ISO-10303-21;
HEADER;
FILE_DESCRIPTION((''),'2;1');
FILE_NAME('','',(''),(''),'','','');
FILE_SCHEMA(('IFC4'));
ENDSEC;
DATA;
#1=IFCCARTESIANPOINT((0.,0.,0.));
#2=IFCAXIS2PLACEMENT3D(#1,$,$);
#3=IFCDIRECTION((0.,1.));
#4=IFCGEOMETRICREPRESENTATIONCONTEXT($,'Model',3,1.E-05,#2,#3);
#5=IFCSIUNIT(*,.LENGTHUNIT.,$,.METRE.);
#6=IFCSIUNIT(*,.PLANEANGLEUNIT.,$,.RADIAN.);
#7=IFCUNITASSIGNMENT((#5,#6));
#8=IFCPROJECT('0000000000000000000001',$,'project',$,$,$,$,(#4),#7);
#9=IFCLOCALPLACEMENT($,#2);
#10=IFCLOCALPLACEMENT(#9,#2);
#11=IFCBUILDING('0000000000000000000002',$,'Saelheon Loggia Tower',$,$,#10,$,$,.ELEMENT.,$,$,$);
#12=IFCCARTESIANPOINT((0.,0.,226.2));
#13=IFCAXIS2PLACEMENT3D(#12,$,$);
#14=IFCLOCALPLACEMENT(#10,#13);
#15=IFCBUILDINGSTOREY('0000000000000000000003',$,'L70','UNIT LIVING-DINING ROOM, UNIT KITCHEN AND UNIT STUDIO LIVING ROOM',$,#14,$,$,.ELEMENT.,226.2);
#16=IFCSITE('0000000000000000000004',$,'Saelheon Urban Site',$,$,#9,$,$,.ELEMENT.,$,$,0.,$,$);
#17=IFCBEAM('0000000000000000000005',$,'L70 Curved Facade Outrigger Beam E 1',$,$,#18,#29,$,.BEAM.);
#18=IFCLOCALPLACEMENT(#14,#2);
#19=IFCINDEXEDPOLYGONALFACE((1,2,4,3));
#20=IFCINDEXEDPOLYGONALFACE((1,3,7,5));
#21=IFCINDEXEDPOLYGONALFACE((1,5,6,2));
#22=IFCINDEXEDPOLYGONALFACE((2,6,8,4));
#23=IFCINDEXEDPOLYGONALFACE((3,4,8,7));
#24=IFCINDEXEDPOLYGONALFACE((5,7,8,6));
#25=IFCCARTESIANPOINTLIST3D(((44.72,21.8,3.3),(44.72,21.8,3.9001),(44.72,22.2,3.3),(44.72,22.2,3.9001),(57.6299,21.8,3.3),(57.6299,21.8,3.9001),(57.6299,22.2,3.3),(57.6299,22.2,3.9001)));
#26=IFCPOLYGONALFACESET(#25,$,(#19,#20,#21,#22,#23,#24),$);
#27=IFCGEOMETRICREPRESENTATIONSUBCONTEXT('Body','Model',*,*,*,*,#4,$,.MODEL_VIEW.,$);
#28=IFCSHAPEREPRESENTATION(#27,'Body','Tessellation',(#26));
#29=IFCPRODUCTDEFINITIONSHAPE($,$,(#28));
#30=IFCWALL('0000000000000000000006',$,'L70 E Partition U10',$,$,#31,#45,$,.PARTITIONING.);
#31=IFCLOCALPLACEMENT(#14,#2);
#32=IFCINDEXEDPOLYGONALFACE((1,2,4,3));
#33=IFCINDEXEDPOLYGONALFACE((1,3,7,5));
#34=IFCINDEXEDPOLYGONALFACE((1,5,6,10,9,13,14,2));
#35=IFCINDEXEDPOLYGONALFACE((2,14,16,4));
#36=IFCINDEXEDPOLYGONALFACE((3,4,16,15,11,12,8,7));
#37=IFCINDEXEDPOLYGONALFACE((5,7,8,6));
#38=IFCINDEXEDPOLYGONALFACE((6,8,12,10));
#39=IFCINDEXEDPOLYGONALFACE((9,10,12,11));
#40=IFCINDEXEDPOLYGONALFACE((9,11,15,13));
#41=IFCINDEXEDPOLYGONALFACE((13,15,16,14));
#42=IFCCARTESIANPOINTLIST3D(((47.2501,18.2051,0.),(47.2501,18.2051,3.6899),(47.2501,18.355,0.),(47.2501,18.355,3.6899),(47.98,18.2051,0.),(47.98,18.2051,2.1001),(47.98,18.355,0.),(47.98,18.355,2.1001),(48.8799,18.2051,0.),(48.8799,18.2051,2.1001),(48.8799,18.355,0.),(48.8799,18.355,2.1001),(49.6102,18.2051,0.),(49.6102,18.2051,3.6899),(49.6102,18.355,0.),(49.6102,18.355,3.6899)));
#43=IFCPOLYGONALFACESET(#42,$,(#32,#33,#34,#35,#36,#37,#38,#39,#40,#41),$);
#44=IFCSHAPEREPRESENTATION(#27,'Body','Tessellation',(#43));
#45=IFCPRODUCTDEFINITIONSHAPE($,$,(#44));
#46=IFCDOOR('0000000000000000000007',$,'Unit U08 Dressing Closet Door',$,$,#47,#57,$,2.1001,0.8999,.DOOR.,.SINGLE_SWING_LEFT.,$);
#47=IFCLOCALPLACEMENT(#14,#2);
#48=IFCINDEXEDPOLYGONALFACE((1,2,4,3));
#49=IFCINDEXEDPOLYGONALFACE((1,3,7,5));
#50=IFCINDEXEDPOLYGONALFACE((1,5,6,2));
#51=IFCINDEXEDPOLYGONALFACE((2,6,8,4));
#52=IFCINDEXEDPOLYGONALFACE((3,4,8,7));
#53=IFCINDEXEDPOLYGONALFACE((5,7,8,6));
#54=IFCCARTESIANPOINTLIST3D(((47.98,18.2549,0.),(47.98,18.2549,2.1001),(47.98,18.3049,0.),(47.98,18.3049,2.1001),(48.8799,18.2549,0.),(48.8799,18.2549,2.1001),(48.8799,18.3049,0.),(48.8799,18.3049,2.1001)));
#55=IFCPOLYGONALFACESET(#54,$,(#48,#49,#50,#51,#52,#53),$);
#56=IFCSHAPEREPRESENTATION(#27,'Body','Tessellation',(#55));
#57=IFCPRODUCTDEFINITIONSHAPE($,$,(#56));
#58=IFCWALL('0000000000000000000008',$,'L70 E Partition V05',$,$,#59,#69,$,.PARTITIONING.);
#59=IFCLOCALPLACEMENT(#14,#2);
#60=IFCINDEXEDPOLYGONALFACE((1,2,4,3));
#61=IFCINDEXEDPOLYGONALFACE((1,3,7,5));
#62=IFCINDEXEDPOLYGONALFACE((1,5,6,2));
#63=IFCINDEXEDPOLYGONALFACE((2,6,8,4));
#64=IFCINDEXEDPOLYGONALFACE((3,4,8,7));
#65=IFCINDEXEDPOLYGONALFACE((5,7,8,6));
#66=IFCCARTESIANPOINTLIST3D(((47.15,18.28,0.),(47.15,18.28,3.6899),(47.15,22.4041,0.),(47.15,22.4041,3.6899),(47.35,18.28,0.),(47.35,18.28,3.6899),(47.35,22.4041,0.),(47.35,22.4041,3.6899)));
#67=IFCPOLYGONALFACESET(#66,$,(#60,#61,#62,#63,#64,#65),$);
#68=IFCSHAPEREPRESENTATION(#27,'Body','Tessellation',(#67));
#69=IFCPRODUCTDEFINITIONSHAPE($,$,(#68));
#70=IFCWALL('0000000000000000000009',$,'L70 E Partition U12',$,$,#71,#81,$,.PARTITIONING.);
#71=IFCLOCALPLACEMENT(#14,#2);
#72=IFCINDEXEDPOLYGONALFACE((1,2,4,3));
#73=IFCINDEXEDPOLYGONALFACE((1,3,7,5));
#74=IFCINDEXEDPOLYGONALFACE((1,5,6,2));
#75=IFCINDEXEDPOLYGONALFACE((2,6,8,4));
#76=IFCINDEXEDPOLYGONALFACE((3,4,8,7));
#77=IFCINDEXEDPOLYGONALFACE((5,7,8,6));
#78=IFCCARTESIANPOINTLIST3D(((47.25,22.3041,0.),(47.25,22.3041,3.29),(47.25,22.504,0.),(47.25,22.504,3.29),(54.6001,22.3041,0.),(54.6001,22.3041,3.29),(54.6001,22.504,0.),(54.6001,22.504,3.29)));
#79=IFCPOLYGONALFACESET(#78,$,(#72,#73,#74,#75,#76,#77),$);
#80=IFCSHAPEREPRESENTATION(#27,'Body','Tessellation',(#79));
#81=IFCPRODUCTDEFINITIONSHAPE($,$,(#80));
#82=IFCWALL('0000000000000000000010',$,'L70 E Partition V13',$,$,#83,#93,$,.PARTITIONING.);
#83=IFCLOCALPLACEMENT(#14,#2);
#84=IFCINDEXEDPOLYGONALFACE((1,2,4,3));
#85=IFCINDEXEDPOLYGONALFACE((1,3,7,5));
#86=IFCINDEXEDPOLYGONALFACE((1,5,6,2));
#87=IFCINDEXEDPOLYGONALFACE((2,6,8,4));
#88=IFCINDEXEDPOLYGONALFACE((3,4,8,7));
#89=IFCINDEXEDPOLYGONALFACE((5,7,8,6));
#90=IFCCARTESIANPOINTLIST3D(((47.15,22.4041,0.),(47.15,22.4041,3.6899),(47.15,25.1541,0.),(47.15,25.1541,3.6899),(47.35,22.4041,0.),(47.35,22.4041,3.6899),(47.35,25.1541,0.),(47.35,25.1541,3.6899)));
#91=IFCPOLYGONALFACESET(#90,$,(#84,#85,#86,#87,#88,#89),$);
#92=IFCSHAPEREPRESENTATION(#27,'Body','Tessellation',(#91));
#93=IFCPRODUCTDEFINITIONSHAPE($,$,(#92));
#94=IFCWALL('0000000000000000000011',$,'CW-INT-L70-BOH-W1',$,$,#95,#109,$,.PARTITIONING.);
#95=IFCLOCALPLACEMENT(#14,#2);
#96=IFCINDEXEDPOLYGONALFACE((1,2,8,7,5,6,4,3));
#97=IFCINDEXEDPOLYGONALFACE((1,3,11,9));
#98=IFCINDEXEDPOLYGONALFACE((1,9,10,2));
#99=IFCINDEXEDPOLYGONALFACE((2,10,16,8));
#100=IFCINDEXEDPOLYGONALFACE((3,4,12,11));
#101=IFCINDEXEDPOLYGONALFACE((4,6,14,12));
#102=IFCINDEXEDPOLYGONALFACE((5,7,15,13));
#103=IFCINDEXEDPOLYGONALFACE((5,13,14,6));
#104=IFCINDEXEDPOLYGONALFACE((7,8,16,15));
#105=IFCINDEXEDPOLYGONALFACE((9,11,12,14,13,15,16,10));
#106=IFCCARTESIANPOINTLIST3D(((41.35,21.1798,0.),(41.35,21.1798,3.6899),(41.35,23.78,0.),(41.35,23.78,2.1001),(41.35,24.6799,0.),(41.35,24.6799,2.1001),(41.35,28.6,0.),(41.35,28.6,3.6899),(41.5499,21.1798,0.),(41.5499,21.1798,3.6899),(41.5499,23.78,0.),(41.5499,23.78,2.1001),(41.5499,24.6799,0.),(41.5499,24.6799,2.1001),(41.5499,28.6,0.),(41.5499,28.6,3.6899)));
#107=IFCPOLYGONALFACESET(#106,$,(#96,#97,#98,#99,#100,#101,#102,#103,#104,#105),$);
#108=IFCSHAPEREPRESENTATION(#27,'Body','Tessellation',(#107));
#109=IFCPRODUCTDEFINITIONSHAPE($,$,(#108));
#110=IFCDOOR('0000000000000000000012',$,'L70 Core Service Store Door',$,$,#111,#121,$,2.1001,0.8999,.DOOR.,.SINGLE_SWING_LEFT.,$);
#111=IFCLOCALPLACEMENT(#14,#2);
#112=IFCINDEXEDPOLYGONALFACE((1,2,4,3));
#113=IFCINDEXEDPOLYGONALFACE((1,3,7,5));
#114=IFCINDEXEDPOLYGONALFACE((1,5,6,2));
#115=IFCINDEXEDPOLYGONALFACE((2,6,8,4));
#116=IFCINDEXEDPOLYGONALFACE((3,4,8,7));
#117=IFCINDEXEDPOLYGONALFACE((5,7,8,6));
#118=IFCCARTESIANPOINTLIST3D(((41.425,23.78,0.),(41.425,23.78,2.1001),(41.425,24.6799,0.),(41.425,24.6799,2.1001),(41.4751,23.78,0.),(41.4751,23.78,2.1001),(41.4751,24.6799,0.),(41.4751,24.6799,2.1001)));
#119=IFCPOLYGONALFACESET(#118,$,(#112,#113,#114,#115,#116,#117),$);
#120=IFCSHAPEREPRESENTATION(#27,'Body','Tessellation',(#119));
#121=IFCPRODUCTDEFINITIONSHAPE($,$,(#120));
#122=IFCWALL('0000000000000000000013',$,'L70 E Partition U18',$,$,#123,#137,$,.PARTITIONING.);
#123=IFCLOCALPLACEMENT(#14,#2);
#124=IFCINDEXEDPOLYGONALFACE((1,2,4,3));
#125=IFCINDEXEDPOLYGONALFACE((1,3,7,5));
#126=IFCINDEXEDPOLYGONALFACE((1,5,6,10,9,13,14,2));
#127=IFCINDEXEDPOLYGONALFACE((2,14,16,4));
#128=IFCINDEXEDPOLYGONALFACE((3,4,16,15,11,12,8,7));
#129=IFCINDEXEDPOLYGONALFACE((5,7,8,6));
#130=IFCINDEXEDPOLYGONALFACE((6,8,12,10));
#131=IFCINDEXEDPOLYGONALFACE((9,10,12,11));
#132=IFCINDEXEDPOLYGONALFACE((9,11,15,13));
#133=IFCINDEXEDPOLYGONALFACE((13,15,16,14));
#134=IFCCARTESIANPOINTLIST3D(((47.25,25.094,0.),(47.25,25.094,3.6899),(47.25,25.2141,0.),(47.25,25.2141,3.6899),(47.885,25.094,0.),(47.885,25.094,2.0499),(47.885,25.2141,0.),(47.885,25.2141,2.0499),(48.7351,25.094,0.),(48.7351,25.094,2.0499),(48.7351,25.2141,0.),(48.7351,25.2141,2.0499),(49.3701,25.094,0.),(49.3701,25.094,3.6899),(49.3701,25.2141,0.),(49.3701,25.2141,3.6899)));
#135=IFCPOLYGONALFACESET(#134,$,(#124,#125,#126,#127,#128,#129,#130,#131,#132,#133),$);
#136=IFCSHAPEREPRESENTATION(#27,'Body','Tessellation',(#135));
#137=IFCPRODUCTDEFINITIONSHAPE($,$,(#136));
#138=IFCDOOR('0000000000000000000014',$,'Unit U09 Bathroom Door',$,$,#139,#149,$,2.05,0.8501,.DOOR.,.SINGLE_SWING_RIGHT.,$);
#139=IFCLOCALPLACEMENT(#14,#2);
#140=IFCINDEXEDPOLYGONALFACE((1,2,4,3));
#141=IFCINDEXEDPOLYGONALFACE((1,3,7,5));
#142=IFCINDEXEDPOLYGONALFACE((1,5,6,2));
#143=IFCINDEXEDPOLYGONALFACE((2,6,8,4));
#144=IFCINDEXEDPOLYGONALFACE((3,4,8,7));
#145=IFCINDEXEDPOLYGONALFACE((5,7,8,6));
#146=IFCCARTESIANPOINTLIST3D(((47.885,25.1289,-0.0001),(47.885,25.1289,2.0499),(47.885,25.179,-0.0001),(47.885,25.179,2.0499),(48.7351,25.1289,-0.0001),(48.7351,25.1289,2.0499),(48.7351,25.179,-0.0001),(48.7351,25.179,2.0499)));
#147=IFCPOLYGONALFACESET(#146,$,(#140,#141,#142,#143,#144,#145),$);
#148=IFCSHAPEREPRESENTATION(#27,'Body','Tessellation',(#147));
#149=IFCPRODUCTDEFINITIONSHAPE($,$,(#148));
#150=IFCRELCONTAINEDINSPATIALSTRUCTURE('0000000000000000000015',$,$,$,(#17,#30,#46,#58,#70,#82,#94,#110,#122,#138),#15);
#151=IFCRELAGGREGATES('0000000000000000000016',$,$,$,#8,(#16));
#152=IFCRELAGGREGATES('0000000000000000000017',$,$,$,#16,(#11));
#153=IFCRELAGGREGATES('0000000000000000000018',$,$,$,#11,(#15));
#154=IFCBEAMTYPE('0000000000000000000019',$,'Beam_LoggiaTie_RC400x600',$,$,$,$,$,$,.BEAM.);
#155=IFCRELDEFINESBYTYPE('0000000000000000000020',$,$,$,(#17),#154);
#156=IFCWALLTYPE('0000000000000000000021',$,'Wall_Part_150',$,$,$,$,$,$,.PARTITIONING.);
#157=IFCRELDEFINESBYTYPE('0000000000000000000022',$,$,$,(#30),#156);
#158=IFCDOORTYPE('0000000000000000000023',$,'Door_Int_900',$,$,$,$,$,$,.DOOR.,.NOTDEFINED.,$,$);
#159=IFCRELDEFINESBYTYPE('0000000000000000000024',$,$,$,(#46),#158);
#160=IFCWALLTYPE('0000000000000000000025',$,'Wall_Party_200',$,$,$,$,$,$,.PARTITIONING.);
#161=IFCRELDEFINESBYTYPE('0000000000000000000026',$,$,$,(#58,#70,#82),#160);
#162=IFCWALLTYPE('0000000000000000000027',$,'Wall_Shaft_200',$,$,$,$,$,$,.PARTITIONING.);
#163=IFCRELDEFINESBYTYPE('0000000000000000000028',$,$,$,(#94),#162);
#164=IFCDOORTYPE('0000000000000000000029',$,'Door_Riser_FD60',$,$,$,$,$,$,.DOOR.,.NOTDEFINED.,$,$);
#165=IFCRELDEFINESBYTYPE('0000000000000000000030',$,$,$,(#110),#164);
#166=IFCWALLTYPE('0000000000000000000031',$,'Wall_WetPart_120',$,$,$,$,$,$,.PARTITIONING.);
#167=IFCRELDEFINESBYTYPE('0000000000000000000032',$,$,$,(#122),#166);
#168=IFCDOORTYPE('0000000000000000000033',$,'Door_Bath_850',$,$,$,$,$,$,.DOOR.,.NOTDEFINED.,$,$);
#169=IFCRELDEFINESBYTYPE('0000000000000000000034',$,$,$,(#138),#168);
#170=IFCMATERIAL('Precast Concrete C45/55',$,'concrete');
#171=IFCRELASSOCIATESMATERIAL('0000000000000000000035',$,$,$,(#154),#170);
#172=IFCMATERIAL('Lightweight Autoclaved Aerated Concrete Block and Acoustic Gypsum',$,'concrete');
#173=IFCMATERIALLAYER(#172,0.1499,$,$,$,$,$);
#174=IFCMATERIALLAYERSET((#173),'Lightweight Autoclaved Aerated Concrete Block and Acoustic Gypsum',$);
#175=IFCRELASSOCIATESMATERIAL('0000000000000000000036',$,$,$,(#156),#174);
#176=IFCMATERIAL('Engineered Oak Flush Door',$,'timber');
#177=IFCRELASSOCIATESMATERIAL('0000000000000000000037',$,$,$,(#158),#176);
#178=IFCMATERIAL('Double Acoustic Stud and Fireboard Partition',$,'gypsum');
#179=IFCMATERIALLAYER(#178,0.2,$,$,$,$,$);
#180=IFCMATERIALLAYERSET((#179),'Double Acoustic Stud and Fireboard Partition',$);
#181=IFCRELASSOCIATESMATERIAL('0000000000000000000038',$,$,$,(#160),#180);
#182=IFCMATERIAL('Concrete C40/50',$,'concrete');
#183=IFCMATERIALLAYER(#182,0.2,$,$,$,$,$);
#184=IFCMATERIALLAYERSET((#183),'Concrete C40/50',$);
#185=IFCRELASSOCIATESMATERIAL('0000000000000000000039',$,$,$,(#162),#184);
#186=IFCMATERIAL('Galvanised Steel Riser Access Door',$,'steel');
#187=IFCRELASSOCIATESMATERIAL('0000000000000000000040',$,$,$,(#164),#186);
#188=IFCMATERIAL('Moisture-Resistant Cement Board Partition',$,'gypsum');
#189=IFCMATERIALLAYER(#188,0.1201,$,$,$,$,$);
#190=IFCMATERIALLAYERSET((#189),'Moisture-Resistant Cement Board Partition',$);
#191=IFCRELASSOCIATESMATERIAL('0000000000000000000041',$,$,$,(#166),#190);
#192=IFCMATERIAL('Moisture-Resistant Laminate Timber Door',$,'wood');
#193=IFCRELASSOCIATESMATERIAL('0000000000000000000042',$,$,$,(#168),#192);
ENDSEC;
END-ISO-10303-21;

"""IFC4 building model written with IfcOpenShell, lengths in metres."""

from ifc_helpers import new_model, si_unit, direction, frame, frame_2d, origin, origin_2d, place, context, subcontext, project, spatial, rectangle, extrude, source, transform, mapped, material, layer, layer_set, material_profile, profile_set, type_object, element, fill, save


model = new_model("IFC4")

# Units and contexts
model_context = context("Model", 3, precision=1e-05, world=origin(), true_north=direction((0.0, 1.0)))
body_context = subcontext(model_context, "Body", "Model", "MODEL_VIEW")
ifc_project = project(units=[si_unit("LENGTHUNIT", "METRE"), si_unit("PLANEANGLEUNIT", "RADIAN")], contexts=[model_context])

# Site, building, storey
site_placement = place(None, origin())
site = spatial("IfcSite", under=ifc_project, at=site_placement, Name="Saelheon Urban Site", CompositionType="ELEMENT", RefElevation=0.0)
building_placement = place(site_placement, origin())
building = spatial("IfcBuilding", under=site, at=building_placement, Name="Saelheon Loggia Tower", CompositionType="ELEMENT")
storey_placement = place(building_placement, frame((0.0, 0.0, 226.2)))
storey = spatial("IfcBuildingStorey", under=building, at=storey_placement, Name="L70", Description="UNIT LIVING-DINING ROOM, UNIT KITCHEN AND UNIT STUDIO LIVING ROOM", CompositionType="ELEMENT", Elevation=226.2)

# Beam
ifc_material_1 = material(Name="Precast Concrete C45/55", Category="concrete")
ifc_material_profile = material_profile(ifc_material_1, rectangle(XDim=0.3999, YDim=0.6001, at=origin_2d()), Name="RC-400x600")
ifc_profile_set = profile_set([ifc_material_profile], Name="Precast Concrete C45/55")
beam_type = type_object("IfcBeamType", Name="Beam_LoggiaTie_RC400x600", PredefinedType="BEAM", material=ifc_profile_set)
shared_shape_1 = source(origin(), body_context, "Body", "SweptSolid", [
    extrude(rectangle(XDim=0.3999, YDim=0.6001, at=origin_2d()), origin(), (0.0, 0.0, 1.0), 12.9099),
])
beam_placement = place(storey_placement, frame((44.72, 22.0, 3.6001), z_axis=(1.0, 0.0, 0.0), x_axis=(0.0, 1.0, 0.0)))
element("IfcBeam", 1, at=beam_placement, inside=storey, type_object=beam_type, Name="L70 Curved Facade Outrigger Beam E 1", PredefinedType="BEAM", context=body_context, shape_type="MappedRepresentation", body=[
    mapped(shared_shape_1, transform((0.0, 0.0, 0.0), scale=1.0)),
])

# Wall, opening, door
ifc_material_2 = material(Name="Lightweight Autoclaved Aerated Concrete Block and Acoustic Gypsum", Category="concrete")
ifc_layer_1 = layer(ifc_material_2, 0.1499)
ifc_layer_set_1 = layer_set([ifc_layer_1], Name="Lightweight Autoclaved Aerated Concrete Block and Acoustic Gypsum")
wall_type_1 = type_object("IfcWallType", Name="Wall_Part_150", PredefinedType="PARTITIONING", material=ifc_layer_set_1)
wall_1_placement = place(storey_placement, frame((47.25, 18.28, 0.0), z_axis=(0.0, 0.0, 1.0), x_axis=(1.0, 0.0, 0.0)))
wall_1 = element("IfcWall", 2, at=wall_1_placement, inside=storey, type_object=wall_type_1, Name="L70 E Partition U10", PredefinedType="PARTITIONING", context=body_context, shape_type="SweptSolid", body=[
    extrude(rectangle(XDim=2.3601, YDim=0.1499, at=frame_2d((1.1802, 0.0))), origin(), (0.0, 0.0, 1.0), 3.6899),
])
opening_1_placement = place(wall_1_placement, frame((0.73, 0.0, 0.0)))
opening_1 = element("IfcOpeningElement", 3, at=opening_1_placement, cuts=wall_1, PredefinedType="OPENING", context=body_context, shape_type="SweptSolid", body=[
    extrude(rectangle(XDim=0.8999, YDim=2.1001, at=frame_2d((0.45, 1.05))), frame((0.0, 0.0869, 0.0), z_axis=(0.0, -1.0, 0.0), x_axis=(1.0, 0.0, 0.0)), (0.0, 0.0, 1.0), 0.1738),
])
ifc_material_3 = material(Name="Engineered Oak Flush Door", Category="timber")
door_type_1 = type_object("IfcDoorType", Name="Door_Int_900", OperationType="NOTDEFINED", PredefinedType="DOOR", material=ifc_material_3)
shared_shape_2 = source(origin(), body_context, "Body", "SweptSolid", [
    extrude(rectangle(XDim=0.8999, YDim=2.1001, at=frame_2d((0.45, 1.05))), frame((0.0, 0.0249, 0.0), z_axis=(0.0, -1.0, 0.0), x_axis=(1.0, 0.0, 0.0)), (0.0, 0.0, 1.0), 0.05),
])
door_1_placement = place(opening_1_placement, origin())
door_1 = element("IfcDoor", 4, at=door_1_placement, inside=storey, type_object=door_type_1, Name="Unit U08 Dressing Closet Door", OperationType="SINGLE_SWING_LEFT", OverallHeight=2.1001, OverallWidth=0.8999, PredefinedType="DOOR", context=body_context, shape_type="MappedRepresentation", body=[
    mapped(shared_shape_2, transform((0.0, 0.0, 0.0), scale=1.0)),
])
fill(opening_1, door_1)

# Walls
ifc_material_4 = material(Name="Double Acoustic Stud and Fireboard Partition", Category="gypsum")
ifc_layer_2 = layer(ifc_material_4, 0.2)
ifc_layer_set_2 = layer_set([ifc_layer_2], Name="Double Acoustic Stud and Fireboard Partition")
wall_type_2 = type_object("IfcWallType", Name="Wall_Party_200", PredefinedType="PARTITIONING", material=ifc_layer_set_2)
wall_2_placement = place(storey_placement, frame((47.25, 18.28, 0.0), z_axis=(0.0, 0.0, 1.0), x_axis=(0.0, 1.0, 0.0)))
element("IfcWall", 5, at=wall_2_placement, inside=storey, type_object=wall_type_2, Name="L70 E Partition V05", PredefinedType="PARTITIONING", context=body_context, shape_type="SweptSolid", body=[
    extrude(rectangle(XDim=4.124, YDim=0.2, at=frame_2d((2.062, 0.0))), origin(), (0.0, 0.0, 1.0), 3.6899),
])
wall_3_placement = place(storey_placement, frame((47.25, 22.4041, 0.0), z_axis=(0.0, 0.0, 1.0), x_axis=(1.0, 0.0, 0.0)))
element("IfcWall", 6, at=wall_3_placement, inside=storey, type_object=wall_type_2, Name="L70 E Partition U12", PredefinedType="PARTITIONING", context=body_context, shape_type="SweptSolid", body=[
    extrude(rectangle(XDim=7.3501, YDim=0.2, at=frame_2d((3.675, 0.0))), origin(), (0.0, 0.0, 1.0), 3.29),
])
wall_4_placement = place(storey_placement, frame((47.25, 22.4041, 0.0), z_axis=(0.0, 0.0, 1.0), x_axis=(0.0, 1.0, 0.0)))
element("IfcWall", 7, at=wall_4_placement, inside=storey, type_object=wall_type_2, Name="L70 E Partition V13", PredefinedType="PARTITIONING", context=body_context, shape_type="SweptSolid", body=[
    extrude(rectangle(XDim=2.75, YDim=0.2, at=frame_2d((1.375, 0.0))), origin(), (0.0, 0.0, 1.0), 3.6899),
])

# Walls, openings, doors
ifc_material_5 = material(Name="Concrete C40/50", Category="concrete")
ifc_layer_3 = layer(ifc_material_5, 0.2)
ifc_layer_set_3 = layer_set([ifc_layer_3], Name="Concrete C40/50")
wall_type_3 = type_object("IfcWallType", Name="Wall_Shaft_200", PredefinedType="PARTITIONING", material=ifc_layer_set_3)
wall_5_placement = place(storey_placement, frame((41.45, 21.1799, 0.0), z_axis=(0.0, 0.0, 1.0), x_axis=(0.0, 1.0, 0.0)))
wall_5 = element("IfcWall", 8, at=wall_5_placement, inside=storey, type_object=wall_type_3, Name="CW-INT-L70-BOH-W1", PredefinedType="PARTITIONING", context=body_context, shape_type="SweptSolid", body=[
    extrude(rectangle(XDim=7.4202, YDim=0.2, at=frame_2d((3.71, 0.0))), origin(), (0.0, 0.0, 1.0), 3.6899),
])
opening_2_placement = place(wall_5_placement, frame((2.6001, 0.0, 0.0)))
opening_2 = element("IfcOpeningElement", 9, at=opening_2_placement, cuts=wall_5, PredefinedType="OPENING", context=body_context, shape_type="SweptSolid", body=[
    extrude(rectangle(XDim=0.8999, YDim=2.1001, at=frame_2d((0.45, 1.05))), frame((0.0, 0.1121, 0.0), z_axis=(0.0, -1.0, 0.0), x_axis=(1.0, 0.0, 0.0)), (0.0, 0.0, 1.0), 0.2239),
])
ifc_material_6 = material(Name="Galvanised Steel Riser Access Door", Category="steel")
door_type_2 = type_object("IfcDoorType", Name="Door_Riser_FD60", OperationType="NOTDEFINED", PredefinedType="DOOR", material=ifc_material_6)
door_2_placement = place(opening_2_placement, origin())
door_2 = element("IfcDoor", 10, at=door_2_placement, inside=storey, type_object=door_type_2, Name="L70 Core Service Store Door", OperationType="SINGLE_SWING_LEFT", OverallHeight=2.1001, OverallWidth=0.8999, PredefinedType="DOOR", context=body_context, shape_type="MappedRepresentation", body=[
    mapped(shared_shape_2, transform((0.0, 0.0, 0.0), scale=1.0)),
])
fill(opening_2, door_2)
ifc_material_7 = material(Name="Moisture-Resistant Cement Board Partition", Category="gypsum")
ifc_layer_4 = layer(ifc_material_7, 0.1201)
ifc_layer_set_4 = layer_set([ifc_layer_4], Name="Moisture-Resistant Cement Board Partition")
wall_type_4 = type_object("IfcWallType", Name="Wall_WetPart_120", PredefinedType="PARTITIONING", material=ifc_layer_set_4)
wall_6_placement = place(storey_placement, frame((47.25, 25.1541, 0.0), z_axis=(0.0, 0.0, 1.0), x_axis=(1.0, 0.0, 0.0)))
wall_6 = element("IfcWall", 11, at=wall_6_placement, inside=storey, type_object=wall_type_4, Name="L70 E Partition U18", PredefinedType="PARTITIONING", context=body_context, shape_type="SweptSolid", body=[
    extrude(rectangle(XDim=2.1201, YDim=0.1201, at=frame_2d((1.0601, 0.0))), origin(), (0.0, 0.0, 1.0), 3.6899),
])
opening_3_placement = place(wall_6_placement, frame((0.635, 0.0, 0.0)))
opening_3 = element("IfcOpeningElement", 12, at=opening_3_placement, cuts=wall_6, PredefinedType="OPENING", context=body_context, shape_type="SweptSolid", body=[
    extrude(rectangle(XDim=0.8501, YDim=2.05, at=frame_2d((0.425, 1.0249))), frame((0.0, 0.072, 0.0), z_axis=(0.0, -1.0, 0.0), x_axis=(1.0, 0.0, 0.0)), (0.0, 0.0, 1.0), 0.144),
])
ifc_material_8 = material(Name="Moisture-Resistant Laminate Timber Door", Category="wood")
door_type_3 = type_object("IfcDoorType", Name="Door_Bath_850", OperationType="NOTDEFINED", PredefinedType="DOOR", material=ifc_material_8)
shared_shape_3 = source(origin(), body_context, "Body", "SweptSolid", [
    extrude(rectangle(XDim=0.8501, YDim=2.05, at=frame_2d((0.425, 1.0249))), frame((0.0, 0.0249, 0.0), z_axis=(0.0, -1.0, 0.0), x_axis=(1.0, 0.0, 0.0)), (0.0, 0.0, 1.0), 0.05),
])
door_3_placement = place(opening_3_placement, origin())
door_3 = element("IfcDoor", 13, at=door_3_placement, inside=storey, type_object=door_type_3, Name="Unit U09 Bathroom Door", OperationType="SINGLE_SWING_RIGHT", OverallHeight=2.05, OverallWidth=0.8501, PredefinedType="DOOR", context=body_context, shape_type="MappedRepresentation", body=[
    mapped(shared_shape_3, transform((0.0, 0.0, 0.0), scale=1.0)),
])
fill(opening_3, door_3)

save(model, "model.ifc")
